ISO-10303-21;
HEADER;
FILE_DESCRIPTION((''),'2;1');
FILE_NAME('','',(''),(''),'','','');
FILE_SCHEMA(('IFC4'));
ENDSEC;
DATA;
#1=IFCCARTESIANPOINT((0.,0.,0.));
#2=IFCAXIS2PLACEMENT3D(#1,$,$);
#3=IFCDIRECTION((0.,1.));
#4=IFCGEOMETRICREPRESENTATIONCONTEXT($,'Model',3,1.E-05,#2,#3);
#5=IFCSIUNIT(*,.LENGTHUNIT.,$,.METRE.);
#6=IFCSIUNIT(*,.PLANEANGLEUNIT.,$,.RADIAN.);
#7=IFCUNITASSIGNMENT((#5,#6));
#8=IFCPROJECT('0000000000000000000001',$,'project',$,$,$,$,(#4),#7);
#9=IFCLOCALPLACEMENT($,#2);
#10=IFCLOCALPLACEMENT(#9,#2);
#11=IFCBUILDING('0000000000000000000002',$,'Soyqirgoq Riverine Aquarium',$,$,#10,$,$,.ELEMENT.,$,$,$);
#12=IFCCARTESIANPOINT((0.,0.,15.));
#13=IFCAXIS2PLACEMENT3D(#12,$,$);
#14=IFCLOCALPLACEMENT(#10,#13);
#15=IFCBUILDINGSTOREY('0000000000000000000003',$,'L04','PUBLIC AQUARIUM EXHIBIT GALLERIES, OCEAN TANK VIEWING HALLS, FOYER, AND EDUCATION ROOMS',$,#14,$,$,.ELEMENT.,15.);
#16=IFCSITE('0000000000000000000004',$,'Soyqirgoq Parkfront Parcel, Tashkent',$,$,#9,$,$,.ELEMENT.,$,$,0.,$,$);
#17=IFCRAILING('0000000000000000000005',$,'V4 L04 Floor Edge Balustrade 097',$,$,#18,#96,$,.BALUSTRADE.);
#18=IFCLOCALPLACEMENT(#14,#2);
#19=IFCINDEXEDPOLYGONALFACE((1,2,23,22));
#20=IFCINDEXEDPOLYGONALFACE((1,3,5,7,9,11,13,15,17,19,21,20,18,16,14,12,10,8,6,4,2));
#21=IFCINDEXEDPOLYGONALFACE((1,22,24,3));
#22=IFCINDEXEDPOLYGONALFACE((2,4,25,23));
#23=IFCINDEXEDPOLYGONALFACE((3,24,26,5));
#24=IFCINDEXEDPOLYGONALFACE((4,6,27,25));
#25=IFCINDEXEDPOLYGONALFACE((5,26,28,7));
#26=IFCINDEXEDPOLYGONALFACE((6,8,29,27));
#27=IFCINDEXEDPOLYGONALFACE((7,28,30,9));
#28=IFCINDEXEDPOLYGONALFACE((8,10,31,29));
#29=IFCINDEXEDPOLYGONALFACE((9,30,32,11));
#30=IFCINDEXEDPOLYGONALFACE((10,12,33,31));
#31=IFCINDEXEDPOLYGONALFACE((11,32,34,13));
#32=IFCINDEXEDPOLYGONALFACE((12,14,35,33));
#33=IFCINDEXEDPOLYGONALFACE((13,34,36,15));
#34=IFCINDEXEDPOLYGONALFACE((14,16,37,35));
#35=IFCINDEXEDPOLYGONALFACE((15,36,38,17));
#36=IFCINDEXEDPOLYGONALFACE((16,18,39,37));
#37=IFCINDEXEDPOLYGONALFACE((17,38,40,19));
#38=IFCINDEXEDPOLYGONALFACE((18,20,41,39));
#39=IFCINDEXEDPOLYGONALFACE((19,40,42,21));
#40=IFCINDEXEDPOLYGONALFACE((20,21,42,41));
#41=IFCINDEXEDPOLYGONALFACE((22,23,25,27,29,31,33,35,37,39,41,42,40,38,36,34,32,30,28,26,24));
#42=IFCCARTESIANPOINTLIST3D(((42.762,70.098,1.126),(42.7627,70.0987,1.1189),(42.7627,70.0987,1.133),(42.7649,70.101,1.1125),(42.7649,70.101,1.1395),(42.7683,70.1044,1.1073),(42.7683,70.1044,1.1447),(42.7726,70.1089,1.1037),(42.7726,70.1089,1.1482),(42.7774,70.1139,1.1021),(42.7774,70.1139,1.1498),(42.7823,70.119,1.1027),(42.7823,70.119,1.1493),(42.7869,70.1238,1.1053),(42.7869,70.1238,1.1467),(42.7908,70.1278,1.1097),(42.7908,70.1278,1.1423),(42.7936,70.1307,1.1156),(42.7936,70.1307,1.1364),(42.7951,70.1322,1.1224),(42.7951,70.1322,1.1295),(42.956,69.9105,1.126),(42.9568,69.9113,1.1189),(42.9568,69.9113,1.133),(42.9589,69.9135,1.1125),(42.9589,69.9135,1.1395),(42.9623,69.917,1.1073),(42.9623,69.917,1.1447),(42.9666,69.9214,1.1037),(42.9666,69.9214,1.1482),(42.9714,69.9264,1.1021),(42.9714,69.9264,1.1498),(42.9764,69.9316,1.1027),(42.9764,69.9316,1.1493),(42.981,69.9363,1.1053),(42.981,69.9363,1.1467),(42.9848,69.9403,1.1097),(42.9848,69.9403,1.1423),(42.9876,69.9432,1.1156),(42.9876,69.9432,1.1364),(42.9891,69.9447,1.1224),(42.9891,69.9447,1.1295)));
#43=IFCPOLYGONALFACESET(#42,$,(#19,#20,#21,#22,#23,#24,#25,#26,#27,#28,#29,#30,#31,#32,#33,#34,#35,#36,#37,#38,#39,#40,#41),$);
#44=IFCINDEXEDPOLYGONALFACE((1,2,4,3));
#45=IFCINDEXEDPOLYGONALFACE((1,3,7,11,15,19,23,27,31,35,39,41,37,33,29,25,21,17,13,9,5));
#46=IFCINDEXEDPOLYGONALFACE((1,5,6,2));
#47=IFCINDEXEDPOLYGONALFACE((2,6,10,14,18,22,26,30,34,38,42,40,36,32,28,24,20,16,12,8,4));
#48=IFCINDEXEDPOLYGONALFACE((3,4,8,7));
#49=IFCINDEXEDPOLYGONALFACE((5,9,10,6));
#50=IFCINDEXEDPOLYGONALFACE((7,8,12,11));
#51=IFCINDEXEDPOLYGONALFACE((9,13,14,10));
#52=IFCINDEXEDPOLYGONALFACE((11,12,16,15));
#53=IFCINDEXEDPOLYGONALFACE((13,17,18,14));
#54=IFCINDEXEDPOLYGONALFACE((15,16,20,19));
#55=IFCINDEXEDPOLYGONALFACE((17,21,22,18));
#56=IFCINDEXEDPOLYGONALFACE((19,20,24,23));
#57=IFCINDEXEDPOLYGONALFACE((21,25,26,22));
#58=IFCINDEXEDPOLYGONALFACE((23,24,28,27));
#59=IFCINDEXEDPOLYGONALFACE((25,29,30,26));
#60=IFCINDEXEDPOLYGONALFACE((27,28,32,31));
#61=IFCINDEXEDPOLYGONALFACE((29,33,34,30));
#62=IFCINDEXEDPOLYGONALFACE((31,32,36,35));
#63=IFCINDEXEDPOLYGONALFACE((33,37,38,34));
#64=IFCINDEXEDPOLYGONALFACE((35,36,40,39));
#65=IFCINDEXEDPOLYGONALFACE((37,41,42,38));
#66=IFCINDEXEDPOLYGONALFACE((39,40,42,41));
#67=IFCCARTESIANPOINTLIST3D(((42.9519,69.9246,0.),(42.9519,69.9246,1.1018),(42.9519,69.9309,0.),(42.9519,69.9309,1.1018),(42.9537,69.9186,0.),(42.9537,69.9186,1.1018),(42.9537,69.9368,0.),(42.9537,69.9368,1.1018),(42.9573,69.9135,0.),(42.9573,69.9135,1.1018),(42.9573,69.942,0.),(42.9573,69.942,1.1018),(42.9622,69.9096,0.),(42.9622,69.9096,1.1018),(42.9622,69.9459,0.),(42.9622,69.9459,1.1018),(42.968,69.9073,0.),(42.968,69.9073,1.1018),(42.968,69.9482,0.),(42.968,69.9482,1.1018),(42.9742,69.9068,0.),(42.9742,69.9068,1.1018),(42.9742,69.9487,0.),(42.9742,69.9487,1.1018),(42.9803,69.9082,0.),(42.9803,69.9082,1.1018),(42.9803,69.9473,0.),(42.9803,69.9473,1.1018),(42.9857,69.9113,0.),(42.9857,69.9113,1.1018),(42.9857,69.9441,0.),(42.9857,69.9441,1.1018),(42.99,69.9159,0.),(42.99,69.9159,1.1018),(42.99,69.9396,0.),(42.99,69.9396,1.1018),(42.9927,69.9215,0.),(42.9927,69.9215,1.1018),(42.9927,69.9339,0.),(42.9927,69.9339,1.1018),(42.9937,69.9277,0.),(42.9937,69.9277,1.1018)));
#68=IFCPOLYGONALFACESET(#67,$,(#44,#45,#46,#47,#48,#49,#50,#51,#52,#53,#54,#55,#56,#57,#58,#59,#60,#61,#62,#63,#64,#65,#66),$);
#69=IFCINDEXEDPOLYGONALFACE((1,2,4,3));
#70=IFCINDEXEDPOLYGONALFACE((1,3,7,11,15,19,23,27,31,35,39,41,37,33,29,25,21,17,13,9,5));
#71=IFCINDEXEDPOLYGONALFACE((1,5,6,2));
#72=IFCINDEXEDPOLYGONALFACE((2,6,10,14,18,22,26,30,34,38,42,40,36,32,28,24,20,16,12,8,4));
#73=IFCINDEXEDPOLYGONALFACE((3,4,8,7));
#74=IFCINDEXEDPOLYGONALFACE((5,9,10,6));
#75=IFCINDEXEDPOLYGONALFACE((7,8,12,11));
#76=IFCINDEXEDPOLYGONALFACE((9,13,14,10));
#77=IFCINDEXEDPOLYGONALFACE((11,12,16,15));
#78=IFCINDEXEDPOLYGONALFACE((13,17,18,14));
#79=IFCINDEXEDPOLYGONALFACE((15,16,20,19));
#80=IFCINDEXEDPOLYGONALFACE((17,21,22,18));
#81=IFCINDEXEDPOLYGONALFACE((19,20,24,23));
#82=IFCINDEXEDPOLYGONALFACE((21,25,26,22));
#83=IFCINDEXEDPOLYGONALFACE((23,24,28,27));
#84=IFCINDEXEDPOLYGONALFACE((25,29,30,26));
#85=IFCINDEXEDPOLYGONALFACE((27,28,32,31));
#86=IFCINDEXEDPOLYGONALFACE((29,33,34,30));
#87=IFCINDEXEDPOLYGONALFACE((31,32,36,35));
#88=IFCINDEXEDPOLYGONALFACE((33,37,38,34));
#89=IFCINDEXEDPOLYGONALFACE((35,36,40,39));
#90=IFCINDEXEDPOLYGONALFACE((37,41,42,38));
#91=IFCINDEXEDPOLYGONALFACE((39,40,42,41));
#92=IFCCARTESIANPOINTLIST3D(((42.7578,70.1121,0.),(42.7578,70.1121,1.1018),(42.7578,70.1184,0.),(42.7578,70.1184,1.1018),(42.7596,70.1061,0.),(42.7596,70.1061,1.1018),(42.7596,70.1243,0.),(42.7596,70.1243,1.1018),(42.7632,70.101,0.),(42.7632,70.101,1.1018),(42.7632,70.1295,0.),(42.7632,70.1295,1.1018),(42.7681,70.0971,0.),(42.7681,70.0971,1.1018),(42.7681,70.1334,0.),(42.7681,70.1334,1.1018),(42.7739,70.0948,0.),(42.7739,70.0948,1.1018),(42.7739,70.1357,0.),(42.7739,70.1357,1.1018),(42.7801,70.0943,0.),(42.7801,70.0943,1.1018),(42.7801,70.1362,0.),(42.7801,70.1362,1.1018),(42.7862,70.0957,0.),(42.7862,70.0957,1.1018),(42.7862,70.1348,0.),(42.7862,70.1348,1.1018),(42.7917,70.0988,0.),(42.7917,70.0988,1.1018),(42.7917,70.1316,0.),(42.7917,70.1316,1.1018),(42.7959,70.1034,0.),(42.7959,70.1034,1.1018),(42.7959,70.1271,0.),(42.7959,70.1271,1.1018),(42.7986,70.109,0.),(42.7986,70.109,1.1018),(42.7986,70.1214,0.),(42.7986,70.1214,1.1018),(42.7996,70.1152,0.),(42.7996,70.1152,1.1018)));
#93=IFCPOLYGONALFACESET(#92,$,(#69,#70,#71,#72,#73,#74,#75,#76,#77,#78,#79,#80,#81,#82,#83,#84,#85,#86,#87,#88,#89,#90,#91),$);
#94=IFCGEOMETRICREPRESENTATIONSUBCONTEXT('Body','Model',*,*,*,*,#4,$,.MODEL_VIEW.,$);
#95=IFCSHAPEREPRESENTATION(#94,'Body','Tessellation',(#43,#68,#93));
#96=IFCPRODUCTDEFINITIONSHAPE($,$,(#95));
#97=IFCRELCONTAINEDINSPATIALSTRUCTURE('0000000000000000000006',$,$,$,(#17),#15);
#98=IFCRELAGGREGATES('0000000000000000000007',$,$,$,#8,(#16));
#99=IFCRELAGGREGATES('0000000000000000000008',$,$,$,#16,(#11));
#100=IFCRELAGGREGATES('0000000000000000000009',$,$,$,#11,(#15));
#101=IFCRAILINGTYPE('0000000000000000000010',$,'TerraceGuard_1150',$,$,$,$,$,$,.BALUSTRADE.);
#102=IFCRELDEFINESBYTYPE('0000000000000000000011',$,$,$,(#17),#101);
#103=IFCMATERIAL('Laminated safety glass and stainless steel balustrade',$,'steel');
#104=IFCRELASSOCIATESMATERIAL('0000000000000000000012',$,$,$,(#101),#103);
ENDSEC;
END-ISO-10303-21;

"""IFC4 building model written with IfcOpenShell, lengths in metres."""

from ifc_helpers import new_model, si_unit, direction, frame, origin, origin_2d, place, context, subcontext, project, spatial, circle, extrude, material, type_object, element, save


model = new_model("IFC4")

# Units and contexts
model_context = context("Model", 3, precision=1e-05, world=origin(), true_north=direction((0.0, 1.0)))
body_context = subcontext(model_context, "Body", "Model", "MODEL_VIEW")
ifc_project = project(units=[si_unit("LENGTHUNIT", "METRE"), si_unit("PLANEANGLEUNIT", "RADIAN")], contexts=[model_context])

# Site, building, storey
site_placement = place(None, origin())
site = spatial("IfcSite", under=ifc_project, at=site_placement, Name="Soyqirgoq Parkfront Parcel, Tashkent", CompositionType="ELEMENT", RefElevation=0.0)
building_placement = place(site_placement, origin())
building = spatial("IfcBuilding", under=site, at=building_placement, Name="Soyqirgoq Riverine Aquarium", CompositionType="ELEMENT")
storey_placement = place(building_placement, frame((0.0, 0.0, 15.0)))
storey = spatial("IfcBuildingStorey", under=building, at=storey_placement, Name="L04", Description="PUBLIC AQUARIUM EXHIBIT GALLERIES, OCEAN TANK VIEWING HALLS, FOYER, AND EDUCATION ROOMS", CompositionType="ELEMENT", Elevation=15.0)

# Railing
ifc_material_1 = material(Name="Laminated safety glass and stainless steel balustrade", Category="steel")
railing_type = type_object("IfcRailingType", Name="TerraceGuard_1150", PredefinedType="BALUSTRADE", material=ifc_material_1)
railing_placement = place(storey_placement, frame((42.9727, 69.9277, 0.0)))
element("IfcRailing", 1, at=railing_placement, inside=storey, type_object=railing_type, Name="V4 L04 Floor Edge Balustrade 097", PredefinedType="BALUSTRADE", context=body_context, shape_type="SweptSolid", body=[
    extrude(circle(Radius=0.0239, at=origin_2d()), frame((0.0, 0.0, 1.126), z_axis=(-0.719214, 0.694788, 0.0), x_axis=(-0.694788, -0.719214, 0.0)), (0.0, 0.0, 1.0), 0.2698),
    extrude(circle(Radius=0.021, at=origin_2d()), origin(), (0.0, 0.0, 1.0), 1.1018),
    extrude(circle(Radius=0.021, at=origin_2d()), frame((-0.1941, 0.1875, 0.0)), (0.0, 0.0, 1.0), 1.1018),
])

save(model, "model.ifc")
